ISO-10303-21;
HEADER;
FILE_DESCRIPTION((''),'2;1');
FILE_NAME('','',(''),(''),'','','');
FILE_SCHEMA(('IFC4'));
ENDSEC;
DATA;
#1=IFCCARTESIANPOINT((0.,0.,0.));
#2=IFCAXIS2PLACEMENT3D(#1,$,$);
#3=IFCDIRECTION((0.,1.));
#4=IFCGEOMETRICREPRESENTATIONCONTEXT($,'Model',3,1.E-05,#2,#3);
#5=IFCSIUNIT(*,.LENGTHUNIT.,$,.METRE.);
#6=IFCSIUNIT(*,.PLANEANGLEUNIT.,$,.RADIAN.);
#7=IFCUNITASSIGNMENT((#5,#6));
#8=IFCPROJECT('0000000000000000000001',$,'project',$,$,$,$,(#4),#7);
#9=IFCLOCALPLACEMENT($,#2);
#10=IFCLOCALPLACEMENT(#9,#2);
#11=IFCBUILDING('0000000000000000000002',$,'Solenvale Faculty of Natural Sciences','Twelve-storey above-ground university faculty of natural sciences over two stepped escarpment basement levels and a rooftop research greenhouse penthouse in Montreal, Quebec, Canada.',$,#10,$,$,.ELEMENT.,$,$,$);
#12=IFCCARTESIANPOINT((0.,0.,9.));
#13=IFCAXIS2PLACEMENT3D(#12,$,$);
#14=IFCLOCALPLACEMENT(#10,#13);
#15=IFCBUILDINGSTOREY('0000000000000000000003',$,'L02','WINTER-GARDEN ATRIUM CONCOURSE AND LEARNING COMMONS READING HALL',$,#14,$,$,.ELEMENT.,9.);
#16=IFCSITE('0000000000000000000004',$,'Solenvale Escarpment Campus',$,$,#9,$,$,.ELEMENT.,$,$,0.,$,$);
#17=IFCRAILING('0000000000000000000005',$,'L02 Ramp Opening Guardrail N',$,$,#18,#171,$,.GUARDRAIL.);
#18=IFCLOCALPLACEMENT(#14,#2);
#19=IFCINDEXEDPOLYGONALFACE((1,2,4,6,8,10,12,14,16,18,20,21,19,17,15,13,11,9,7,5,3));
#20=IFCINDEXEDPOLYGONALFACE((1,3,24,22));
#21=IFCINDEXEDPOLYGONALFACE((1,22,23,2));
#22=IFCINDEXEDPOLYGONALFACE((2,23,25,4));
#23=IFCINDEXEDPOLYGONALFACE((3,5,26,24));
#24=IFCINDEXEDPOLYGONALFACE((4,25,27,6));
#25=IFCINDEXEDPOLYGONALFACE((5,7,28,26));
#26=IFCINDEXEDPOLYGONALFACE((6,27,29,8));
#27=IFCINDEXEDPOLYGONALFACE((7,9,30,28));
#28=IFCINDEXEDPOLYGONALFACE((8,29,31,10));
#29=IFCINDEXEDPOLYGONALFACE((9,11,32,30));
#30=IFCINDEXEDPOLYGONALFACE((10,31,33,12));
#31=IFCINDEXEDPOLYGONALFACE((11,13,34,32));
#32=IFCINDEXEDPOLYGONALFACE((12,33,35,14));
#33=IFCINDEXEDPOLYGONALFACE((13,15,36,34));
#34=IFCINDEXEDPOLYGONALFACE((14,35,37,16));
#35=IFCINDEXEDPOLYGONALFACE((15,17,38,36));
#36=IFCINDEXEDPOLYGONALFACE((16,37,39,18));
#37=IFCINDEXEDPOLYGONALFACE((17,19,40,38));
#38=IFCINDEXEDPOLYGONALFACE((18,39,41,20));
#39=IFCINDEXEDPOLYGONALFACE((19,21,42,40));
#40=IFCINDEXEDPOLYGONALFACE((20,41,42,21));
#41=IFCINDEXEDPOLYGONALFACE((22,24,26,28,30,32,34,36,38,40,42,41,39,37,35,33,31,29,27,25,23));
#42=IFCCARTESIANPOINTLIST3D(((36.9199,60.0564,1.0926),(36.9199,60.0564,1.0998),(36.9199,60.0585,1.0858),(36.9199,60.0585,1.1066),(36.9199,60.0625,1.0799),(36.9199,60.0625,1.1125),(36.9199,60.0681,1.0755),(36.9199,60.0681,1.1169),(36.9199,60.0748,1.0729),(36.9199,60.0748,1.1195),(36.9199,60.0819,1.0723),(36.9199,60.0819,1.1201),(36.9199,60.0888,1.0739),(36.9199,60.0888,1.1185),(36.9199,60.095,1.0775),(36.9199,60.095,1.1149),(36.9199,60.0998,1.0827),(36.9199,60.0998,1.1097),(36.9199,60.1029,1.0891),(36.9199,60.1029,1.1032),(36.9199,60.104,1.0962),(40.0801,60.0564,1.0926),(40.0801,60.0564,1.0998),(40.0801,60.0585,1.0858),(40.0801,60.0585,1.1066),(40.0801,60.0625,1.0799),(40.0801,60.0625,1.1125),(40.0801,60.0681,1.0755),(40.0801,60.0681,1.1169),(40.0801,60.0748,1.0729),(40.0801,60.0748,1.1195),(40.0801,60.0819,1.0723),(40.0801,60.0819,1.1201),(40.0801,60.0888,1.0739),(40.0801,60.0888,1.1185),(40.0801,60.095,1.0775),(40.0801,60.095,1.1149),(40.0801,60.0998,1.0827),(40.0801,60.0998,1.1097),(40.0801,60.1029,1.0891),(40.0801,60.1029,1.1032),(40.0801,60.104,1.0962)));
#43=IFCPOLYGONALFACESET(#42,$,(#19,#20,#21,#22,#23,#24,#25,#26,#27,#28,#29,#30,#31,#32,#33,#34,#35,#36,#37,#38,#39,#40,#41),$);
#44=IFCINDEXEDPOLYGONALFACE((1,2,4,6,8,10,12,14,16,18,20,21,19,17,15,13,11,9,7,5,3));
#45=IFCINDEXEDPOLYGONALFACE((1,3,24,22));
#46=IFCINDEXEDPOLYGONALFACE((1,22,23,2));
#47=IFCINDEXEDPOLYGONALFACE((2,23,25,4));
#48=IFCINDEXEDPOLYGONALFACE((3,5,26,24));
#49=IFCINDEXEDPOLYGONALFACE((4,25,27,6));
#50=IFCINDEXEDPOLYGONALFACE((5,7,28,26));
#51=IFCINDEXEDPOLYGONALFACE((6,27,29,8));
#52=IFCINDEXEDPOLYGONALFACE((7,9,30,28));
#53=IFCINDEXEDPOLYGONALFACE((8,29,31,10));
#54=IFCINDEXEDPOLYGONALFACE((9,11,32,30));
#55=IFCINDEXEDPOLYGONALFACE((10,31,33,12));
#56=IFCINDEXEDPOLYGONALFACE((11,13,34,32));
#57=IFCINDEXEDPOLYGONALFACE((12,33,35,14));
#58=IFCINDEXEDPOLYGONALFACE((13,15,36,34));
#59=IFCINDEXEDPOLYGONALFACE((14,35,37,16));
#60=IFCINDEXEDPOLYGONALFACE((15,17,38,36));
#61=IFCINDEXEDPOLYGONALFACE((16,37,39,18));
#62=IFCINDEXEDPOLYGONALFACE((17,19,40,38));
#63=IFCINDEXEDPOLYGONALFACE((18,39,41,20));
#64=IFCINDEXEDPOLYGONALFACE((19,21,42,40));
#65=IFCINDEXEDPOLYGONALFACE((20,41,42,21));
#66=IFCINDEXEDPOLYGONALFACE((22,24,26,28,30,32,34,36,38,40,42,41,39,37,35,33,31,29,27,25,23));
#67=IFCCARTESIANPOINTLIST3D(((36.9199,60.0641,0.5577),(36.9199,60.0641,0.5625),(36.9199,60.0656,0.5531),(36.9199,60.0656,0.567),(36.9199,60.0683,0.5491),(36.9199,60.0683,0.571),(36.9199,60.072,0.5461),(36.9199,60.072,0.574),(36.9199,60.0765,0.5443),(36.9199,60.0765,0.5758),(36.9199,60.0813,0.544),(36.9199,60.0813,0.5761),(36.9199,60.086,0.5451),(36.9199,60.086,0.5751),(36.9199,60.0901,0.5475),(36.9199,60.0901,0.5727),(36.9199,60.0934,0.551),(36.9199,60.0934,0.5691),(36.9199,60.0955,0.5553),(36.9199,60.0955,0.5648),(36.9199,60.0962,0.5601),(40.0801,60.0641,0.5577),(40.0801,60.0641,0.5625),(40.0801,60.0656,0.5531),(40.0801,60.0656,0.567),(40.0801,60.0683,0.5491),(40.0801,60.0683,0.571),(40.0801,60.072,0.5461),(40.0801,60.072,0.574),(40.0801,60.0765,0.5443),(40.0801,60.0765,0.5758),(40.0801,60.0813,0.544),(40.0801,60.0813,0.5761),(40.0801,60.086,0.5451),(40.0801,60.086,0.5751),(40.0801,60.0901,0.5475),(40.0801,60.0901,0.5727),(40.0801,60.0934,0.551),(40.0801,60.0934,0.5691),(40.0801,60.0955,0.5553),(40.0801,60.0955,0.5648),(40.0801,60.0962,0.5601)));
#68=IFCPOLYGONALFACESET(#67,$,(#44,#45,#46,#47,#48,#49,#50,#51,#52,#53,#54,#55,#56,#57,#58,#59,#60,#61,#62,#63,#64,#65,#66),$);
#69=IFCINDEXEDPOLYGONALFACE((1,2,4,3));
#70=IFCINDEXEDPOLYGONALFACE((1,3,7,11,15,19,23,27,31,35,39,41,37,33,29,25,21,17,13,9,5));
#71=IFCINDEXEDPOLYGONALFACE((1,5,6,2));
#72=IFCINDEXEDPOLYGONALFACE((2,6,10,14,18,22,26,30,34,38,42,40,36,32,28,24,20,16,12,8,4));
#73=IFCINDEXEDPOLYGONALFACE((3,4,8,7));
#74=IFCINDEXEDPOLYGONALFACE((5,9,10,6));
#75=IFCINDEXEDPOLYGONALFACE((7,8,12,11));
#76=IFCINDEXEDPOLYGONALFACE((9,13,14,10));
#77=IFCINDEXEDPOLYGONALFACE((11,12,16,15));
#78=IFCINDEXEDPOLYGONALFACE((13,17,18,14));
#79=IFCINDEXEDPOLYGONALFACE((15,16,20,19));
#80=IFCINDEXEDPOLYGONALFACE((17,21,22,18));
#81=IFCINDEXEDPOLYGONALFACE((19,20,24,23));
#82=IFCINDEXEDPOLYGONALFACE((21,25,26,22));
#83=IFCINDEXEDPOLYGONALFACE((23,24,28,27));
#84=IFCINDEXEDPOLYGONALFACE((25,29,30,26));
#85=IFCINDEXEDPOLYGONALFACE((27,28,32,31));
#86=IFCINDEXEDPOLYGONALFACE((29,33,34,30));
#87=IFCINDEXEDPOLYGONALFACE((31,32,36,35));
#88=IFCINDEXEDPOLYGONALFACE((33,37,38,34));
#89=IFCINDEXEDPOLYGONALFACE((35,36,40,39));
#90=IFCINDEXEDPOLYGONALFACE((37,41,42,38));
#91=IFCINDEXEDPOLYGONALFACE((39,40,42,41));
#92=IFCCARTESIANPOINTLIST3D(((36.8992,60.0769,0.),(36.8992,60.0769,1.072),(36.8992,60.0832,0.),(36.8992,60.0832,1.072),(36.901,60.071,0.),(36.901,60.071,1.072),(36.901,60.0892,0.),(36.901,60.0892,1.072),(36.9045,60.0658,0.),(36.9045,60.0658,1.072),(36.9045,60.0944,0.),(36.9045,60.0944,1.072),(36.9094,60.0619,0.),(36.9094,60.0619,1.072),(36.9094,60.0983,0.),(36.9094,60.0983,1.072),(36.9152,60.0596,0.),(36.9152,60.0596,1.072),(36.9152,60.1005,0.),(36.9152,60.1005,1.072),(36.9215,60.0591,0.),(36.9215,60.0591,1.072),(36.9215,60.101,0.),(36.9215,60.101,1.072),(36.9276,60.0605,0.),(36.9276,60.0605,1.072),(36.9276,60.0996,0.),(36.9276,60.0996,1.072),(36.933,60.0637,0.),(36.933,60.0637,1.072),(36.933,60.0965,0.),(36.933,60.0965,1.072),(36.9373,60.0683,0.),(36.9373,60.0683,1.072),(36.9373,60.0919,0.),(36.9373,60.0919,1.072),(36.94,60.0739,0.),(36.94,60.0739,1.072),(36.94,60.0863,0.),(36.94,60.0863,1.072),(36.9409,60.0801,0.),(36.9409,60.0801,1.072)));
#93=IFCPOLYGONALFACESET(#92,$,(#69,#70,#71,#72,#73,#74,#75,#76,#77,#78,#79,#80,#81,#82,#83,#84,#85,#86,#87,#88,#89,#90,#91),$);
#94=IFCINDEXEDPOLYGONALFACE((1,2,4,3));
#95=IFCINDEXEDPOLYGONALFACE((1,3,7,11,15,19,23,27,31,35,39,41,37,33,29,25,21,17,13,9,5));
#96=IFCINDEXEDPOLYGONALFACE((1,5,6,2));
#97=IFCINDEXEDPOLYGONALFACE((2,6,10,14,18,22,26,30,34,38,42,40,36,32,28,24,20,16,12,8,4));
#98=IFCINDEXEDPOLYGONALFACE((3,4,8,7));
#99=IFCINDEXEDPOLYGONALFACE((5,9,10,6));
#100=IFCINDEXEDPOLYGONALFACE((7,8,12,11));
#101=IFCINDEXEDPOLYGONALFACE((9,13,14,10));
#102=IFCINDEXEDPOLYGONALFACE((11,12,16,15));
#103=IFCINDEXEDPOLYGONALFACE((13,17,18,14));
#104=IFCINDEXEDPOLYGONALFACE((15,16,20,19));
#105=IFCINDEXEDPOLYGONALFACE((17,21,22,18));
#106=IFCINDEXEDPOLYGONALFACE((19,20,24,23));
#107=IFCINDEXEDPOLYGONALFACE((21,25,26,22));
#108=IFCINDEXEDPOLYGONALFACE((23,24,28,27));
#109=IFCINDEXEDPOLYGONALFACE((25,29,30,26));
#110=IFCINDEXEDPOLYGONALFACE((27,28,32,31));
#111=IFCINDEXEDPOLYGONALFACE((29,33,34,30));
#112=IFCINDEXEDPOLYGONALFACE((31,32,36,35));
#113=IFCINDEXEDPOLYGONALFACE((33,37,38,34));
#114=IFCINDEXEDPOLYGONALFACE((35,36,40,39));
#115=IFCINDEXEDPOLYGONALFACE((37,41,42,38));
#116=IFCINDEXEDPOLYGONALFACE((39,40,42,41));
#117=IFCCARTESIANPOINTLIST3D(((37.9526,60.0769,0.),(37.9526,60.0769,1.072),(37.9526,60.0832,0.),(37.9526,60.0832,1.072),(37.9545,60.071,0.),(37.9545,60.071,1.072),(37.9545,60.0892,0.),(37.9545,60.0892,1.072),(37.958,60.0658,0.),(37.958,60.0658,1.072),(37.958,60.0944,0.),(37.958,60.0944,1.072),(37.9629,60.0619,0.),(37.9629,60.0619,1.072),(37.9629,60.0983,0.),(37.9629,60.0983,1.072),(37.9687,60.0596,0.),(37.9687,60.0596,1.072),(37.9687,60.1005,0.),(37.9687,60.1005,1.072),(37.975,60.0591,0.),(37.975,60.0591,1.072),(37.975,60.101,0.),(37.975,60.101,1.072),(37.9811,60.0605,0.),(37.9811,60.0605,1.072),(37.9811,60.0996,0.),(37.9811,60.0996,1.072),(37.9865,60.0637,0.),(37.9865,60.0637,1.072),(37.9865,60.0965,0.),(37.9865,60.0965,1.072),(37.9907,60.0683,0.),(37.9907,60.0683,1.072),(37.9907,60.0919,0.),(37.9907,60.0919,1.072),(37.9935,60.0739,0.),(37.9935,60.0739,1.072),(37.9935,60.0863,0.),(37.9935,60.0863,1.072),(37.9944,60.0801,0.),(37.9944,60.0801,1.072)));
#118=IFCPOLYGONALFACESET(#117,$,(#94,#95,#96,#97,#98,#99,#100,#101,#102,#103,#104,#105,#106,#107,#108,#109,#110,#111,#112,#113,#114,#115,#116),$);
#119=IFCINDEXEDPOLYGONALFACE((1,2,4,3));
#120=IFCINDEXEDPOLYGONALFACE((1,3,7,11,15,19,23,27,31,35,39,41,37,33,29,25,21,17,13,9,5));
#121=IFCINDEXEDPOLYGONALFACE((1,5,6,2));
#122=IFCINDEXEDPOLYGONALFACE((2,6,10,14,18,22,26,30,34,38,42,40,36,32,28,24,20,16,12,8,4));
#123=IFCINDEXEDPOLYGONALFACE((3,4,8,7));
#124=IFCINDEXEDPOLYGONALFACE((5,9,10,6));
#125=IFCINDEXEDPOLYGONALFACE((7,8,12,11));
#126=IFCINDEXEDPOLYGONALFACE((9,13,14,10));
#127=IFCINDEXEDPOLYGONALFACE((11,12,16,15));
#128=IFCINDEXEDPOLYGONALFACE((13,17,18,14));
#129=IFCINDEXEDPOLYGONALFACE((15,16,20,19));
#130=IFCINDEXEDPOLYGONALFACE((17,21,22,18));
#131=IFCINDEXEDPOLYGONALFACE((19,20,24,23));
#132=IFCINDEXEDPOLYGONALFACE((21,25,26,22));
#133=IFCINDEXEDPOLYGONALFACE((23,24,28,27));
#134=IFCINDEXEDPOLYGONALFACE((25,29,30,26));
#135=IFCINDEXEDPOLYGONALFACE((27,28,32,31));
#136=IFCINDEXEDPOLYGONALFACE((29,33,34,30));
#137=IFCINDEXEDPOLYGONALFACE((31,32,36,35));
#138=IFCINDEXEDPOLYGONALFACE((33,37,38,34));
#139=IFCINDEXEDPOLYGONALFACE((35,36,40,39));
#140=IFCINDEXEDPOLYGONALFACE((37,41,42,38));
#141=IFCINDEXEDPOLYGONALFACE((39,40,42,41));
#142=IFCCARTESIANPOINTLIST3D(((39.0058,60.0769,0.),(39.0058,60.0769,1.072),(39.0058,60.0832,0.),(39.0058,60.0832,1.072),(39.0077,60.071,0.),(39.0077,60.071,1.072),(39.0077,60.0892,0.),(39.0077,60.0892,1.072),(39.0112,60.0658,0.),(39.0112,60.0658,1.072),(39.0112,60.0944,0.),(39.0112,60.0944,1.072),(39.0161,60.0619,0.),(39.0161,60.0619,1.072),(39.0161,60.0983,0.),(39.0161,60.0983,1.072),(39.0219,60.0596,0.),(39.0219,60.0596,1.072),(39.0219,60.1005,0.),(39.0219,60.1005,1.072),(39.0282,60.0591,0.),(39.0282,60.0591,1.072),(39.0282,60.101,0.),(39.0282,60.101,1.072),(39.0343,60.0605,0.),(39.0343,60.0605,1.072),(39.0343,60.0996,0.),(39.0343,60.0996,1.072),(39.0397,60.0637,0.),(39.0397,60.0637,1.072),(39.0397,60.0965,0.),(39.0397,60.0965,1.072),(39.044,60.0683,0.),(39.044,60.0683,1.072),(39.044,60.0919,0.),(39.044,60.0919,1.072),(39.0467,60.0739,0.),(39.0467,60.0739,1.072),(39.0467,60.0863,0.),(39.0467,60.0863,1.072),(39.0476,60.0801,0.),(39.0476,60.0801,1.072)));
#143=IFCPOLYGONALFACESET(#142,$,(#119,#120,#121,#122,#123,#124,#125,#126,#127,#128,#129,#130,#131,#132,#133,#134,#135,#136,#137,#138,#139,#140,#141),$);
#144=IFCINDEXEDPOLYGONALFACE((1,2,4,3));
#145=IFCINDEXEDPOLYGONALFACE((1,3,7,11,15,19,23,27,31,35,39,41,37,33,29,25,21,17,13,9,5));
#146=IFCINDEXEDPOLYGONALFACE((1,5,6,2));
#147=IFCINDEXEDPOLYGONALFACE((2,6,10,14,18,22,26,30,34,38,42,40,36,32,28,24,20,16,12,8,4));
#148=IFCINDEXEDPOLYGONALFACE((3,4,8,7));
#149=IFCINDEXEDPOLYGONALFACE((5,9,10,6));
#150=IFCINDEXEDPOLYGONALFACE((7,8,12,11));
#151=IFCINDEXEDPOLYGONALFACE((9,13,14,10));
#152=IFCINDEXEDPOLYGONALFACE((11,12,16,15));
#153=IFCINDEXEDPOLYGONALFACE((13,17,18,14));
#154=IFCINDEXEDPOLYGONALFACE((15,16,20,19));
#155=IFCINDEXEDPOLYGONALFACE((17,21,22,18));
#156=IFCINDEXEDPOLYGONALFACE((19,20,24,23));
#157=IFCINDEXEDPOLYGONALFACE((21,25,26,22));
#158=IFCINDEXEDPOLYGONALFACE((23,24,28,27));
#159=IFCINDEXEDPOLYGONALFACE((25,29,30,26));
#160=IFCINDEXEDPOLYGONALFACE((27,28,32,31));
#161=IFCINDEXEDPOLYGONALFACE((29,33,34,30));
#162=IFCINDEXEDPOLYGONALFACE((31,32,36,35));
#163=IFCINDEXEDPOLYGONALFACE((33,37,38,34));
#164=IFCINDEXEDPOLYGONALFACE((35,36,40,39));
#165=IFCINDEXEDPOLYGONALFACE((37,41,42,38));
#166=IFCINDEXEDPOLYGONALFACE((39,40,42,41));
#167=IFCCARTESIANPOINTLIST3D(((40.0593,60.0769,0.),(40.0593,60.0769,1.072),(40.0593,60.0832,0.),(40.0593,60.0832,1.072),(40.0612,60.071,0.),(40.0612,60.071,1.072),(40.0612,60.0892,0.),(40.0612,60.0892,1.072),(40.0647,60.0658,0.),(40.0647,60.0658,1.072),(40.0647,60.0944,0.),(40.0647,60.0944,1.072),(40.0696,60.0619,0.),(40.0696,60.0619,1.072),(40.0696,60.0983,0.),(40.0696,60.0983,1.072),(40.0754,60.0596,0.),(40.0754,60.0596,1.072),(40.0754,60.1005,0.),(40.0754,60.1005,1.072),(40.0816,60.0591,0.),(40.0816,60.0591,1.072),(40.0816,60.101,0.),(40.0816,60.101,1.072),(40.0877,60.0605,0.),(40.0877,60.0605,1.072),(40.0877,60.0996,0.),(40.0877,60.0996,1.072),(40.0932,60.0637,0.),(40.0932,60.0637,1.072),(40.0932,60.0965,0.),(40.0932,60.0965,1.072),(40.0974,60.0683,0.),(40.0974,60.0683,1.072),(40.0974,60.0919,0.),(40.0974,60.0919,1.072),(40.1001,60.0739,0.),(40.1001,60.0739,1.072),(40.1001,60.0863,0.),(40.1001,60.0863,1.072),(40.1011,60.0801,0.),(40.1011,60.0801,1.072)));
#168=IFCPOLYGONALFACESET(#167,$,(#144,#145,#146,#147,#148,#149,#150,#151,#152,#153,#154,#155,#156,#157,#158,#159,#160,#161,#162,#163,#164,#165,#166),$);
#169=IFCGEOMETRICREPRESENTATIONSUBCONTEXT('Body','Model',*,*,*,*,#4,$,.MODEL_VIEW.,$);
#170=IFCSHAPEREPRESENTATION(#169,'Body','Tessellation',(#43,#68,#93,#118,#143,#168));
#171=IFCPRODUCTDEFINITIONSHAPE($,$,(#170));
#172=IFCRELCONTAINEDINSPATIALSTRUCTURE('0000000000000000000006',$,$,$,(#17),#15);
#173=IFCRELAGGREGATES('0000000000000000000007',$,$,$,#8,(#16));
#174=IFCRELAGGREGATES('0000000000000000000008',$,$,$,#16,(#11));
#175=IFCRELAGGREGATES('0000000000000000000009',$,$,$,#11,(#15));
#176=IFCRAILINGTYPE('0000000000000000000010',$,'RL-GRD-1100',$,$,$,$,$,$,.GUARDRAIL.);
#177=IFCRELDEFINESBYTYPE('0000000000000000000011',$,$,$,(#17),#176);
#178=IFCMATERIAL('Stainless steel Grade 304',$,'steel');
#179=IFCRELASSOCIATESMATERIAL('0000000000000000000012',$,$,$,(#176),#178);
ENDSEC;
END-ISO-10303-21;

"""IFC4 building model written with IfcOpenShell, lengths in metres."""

from ifc_helpers import new_model, si_unit, direction, frame, origin, origin_2d, place, context, subcontext, project, spatial, circle, extrude, material, type_object, element, save


model = new_model("IFC4")

# Units and contexts
model_context = context("Model", 3, precision=1e-05, world=origin(), true_north=direction((0.0, 1.0)))
body_context = subcontext(model_context, "Body", "Model", "MODEL_VIEW")
ifc_project = project(units=[si_unit("LENGTHUNIT", "METRE"), si_unit("PLANEANGLEUNIT", "RADIAN")], contexts=[model_context])

# Site, building, storey
site_placement = place(None, origin())
site = spatial("IfcSite", under=ifc_project, at=site_placement, Name="Solenvale Escarpment Campus", CompositionType="ELEMENT", RefElevation=0.0)
building_placement = place(site_placement, origin())
building = spatial("IfcBuilding", under=site, at=building_placement, Name="Solenvale Faculty of Natural Sciences", Description="Twelve-storey above-ground university faculty of natural sciences over two stepped escarpment basement levels and a rooftop research greenhouse penthouse in Montreal, Quebec, Canada.", CompositionType="ELEMENT")
storey_placement = place(building_placement, frame((0.0, 0.0, 9.0)))
storey = spatial("IfcBuildingStorey", under=building, at=storey_placement, Name="L02", Description="WINTER-GARDEN ATRIUM CONCOURSE AND LEARNING COMMONS READING HALL", CompositionType="ELEMENT", Elevation=9.0)

# Railing
ifc_material_1 = material(Name="Stainless steel Grade 304", Category="steel")
railing_type_1 = type_object("IfcRailingType", Name="RL-GRD-1100", PredefinedType="GUARDRAIL", material=ifc_material_1)
railing_1_placement = place(storey_placement, frame((36.9199, 60.0801, 0.0)))
element("IfcRailing", 1, at=railing_1_placement, inside=storey, type_object=railing_type_1, Name="L02 Ramp Opening Guardrail N", PredefinedType="GUARDRAIL", context=body_context, shape_type="SweptSolid", body=[
    extrude(circle(Radius=0.0239, at=origin_2d()), frame((0.0, 0.0, 1.0962), z_axis=(1.0, 0.0, 0.0), x_axis=(0.0, 1.0, 0.0)), (0.0, 0.0, 1.0), 3.1602),
    extrude(circle(Radius=0.0161, at=origin_2d()), frame((0.0, 0.0, 0.5601), z_axis=(1.0, 0.0, 0.0), x_axis=(0.0, 1.0, 0.0)), (0.0, 0.0, 1.0), 3.1602),
    extrude(circle(Radius=0.021, at=origin_2d()), origin(), (0.0, 0.0, 1.0), 1.072),
    extrude(circle(Radius=0.021, at=origin_2d()), frame((1.0535, 0.0, 0.0)), (0.0, 0.0, 1.0), 1.072),
    extrude(circle(Radius=0.021, at=origin_2d()), frame((2.1067, 0.0, 0.0)), (0.0, 0.0, 1.0), 1.072),
    extrude(circle(Radius=0.021, at=origin_2d()), frame((3.1602, 0.0, 0.0)), (0.0, 0.0, 1.0), 1.072),
])

save(model, "model.ifc")
